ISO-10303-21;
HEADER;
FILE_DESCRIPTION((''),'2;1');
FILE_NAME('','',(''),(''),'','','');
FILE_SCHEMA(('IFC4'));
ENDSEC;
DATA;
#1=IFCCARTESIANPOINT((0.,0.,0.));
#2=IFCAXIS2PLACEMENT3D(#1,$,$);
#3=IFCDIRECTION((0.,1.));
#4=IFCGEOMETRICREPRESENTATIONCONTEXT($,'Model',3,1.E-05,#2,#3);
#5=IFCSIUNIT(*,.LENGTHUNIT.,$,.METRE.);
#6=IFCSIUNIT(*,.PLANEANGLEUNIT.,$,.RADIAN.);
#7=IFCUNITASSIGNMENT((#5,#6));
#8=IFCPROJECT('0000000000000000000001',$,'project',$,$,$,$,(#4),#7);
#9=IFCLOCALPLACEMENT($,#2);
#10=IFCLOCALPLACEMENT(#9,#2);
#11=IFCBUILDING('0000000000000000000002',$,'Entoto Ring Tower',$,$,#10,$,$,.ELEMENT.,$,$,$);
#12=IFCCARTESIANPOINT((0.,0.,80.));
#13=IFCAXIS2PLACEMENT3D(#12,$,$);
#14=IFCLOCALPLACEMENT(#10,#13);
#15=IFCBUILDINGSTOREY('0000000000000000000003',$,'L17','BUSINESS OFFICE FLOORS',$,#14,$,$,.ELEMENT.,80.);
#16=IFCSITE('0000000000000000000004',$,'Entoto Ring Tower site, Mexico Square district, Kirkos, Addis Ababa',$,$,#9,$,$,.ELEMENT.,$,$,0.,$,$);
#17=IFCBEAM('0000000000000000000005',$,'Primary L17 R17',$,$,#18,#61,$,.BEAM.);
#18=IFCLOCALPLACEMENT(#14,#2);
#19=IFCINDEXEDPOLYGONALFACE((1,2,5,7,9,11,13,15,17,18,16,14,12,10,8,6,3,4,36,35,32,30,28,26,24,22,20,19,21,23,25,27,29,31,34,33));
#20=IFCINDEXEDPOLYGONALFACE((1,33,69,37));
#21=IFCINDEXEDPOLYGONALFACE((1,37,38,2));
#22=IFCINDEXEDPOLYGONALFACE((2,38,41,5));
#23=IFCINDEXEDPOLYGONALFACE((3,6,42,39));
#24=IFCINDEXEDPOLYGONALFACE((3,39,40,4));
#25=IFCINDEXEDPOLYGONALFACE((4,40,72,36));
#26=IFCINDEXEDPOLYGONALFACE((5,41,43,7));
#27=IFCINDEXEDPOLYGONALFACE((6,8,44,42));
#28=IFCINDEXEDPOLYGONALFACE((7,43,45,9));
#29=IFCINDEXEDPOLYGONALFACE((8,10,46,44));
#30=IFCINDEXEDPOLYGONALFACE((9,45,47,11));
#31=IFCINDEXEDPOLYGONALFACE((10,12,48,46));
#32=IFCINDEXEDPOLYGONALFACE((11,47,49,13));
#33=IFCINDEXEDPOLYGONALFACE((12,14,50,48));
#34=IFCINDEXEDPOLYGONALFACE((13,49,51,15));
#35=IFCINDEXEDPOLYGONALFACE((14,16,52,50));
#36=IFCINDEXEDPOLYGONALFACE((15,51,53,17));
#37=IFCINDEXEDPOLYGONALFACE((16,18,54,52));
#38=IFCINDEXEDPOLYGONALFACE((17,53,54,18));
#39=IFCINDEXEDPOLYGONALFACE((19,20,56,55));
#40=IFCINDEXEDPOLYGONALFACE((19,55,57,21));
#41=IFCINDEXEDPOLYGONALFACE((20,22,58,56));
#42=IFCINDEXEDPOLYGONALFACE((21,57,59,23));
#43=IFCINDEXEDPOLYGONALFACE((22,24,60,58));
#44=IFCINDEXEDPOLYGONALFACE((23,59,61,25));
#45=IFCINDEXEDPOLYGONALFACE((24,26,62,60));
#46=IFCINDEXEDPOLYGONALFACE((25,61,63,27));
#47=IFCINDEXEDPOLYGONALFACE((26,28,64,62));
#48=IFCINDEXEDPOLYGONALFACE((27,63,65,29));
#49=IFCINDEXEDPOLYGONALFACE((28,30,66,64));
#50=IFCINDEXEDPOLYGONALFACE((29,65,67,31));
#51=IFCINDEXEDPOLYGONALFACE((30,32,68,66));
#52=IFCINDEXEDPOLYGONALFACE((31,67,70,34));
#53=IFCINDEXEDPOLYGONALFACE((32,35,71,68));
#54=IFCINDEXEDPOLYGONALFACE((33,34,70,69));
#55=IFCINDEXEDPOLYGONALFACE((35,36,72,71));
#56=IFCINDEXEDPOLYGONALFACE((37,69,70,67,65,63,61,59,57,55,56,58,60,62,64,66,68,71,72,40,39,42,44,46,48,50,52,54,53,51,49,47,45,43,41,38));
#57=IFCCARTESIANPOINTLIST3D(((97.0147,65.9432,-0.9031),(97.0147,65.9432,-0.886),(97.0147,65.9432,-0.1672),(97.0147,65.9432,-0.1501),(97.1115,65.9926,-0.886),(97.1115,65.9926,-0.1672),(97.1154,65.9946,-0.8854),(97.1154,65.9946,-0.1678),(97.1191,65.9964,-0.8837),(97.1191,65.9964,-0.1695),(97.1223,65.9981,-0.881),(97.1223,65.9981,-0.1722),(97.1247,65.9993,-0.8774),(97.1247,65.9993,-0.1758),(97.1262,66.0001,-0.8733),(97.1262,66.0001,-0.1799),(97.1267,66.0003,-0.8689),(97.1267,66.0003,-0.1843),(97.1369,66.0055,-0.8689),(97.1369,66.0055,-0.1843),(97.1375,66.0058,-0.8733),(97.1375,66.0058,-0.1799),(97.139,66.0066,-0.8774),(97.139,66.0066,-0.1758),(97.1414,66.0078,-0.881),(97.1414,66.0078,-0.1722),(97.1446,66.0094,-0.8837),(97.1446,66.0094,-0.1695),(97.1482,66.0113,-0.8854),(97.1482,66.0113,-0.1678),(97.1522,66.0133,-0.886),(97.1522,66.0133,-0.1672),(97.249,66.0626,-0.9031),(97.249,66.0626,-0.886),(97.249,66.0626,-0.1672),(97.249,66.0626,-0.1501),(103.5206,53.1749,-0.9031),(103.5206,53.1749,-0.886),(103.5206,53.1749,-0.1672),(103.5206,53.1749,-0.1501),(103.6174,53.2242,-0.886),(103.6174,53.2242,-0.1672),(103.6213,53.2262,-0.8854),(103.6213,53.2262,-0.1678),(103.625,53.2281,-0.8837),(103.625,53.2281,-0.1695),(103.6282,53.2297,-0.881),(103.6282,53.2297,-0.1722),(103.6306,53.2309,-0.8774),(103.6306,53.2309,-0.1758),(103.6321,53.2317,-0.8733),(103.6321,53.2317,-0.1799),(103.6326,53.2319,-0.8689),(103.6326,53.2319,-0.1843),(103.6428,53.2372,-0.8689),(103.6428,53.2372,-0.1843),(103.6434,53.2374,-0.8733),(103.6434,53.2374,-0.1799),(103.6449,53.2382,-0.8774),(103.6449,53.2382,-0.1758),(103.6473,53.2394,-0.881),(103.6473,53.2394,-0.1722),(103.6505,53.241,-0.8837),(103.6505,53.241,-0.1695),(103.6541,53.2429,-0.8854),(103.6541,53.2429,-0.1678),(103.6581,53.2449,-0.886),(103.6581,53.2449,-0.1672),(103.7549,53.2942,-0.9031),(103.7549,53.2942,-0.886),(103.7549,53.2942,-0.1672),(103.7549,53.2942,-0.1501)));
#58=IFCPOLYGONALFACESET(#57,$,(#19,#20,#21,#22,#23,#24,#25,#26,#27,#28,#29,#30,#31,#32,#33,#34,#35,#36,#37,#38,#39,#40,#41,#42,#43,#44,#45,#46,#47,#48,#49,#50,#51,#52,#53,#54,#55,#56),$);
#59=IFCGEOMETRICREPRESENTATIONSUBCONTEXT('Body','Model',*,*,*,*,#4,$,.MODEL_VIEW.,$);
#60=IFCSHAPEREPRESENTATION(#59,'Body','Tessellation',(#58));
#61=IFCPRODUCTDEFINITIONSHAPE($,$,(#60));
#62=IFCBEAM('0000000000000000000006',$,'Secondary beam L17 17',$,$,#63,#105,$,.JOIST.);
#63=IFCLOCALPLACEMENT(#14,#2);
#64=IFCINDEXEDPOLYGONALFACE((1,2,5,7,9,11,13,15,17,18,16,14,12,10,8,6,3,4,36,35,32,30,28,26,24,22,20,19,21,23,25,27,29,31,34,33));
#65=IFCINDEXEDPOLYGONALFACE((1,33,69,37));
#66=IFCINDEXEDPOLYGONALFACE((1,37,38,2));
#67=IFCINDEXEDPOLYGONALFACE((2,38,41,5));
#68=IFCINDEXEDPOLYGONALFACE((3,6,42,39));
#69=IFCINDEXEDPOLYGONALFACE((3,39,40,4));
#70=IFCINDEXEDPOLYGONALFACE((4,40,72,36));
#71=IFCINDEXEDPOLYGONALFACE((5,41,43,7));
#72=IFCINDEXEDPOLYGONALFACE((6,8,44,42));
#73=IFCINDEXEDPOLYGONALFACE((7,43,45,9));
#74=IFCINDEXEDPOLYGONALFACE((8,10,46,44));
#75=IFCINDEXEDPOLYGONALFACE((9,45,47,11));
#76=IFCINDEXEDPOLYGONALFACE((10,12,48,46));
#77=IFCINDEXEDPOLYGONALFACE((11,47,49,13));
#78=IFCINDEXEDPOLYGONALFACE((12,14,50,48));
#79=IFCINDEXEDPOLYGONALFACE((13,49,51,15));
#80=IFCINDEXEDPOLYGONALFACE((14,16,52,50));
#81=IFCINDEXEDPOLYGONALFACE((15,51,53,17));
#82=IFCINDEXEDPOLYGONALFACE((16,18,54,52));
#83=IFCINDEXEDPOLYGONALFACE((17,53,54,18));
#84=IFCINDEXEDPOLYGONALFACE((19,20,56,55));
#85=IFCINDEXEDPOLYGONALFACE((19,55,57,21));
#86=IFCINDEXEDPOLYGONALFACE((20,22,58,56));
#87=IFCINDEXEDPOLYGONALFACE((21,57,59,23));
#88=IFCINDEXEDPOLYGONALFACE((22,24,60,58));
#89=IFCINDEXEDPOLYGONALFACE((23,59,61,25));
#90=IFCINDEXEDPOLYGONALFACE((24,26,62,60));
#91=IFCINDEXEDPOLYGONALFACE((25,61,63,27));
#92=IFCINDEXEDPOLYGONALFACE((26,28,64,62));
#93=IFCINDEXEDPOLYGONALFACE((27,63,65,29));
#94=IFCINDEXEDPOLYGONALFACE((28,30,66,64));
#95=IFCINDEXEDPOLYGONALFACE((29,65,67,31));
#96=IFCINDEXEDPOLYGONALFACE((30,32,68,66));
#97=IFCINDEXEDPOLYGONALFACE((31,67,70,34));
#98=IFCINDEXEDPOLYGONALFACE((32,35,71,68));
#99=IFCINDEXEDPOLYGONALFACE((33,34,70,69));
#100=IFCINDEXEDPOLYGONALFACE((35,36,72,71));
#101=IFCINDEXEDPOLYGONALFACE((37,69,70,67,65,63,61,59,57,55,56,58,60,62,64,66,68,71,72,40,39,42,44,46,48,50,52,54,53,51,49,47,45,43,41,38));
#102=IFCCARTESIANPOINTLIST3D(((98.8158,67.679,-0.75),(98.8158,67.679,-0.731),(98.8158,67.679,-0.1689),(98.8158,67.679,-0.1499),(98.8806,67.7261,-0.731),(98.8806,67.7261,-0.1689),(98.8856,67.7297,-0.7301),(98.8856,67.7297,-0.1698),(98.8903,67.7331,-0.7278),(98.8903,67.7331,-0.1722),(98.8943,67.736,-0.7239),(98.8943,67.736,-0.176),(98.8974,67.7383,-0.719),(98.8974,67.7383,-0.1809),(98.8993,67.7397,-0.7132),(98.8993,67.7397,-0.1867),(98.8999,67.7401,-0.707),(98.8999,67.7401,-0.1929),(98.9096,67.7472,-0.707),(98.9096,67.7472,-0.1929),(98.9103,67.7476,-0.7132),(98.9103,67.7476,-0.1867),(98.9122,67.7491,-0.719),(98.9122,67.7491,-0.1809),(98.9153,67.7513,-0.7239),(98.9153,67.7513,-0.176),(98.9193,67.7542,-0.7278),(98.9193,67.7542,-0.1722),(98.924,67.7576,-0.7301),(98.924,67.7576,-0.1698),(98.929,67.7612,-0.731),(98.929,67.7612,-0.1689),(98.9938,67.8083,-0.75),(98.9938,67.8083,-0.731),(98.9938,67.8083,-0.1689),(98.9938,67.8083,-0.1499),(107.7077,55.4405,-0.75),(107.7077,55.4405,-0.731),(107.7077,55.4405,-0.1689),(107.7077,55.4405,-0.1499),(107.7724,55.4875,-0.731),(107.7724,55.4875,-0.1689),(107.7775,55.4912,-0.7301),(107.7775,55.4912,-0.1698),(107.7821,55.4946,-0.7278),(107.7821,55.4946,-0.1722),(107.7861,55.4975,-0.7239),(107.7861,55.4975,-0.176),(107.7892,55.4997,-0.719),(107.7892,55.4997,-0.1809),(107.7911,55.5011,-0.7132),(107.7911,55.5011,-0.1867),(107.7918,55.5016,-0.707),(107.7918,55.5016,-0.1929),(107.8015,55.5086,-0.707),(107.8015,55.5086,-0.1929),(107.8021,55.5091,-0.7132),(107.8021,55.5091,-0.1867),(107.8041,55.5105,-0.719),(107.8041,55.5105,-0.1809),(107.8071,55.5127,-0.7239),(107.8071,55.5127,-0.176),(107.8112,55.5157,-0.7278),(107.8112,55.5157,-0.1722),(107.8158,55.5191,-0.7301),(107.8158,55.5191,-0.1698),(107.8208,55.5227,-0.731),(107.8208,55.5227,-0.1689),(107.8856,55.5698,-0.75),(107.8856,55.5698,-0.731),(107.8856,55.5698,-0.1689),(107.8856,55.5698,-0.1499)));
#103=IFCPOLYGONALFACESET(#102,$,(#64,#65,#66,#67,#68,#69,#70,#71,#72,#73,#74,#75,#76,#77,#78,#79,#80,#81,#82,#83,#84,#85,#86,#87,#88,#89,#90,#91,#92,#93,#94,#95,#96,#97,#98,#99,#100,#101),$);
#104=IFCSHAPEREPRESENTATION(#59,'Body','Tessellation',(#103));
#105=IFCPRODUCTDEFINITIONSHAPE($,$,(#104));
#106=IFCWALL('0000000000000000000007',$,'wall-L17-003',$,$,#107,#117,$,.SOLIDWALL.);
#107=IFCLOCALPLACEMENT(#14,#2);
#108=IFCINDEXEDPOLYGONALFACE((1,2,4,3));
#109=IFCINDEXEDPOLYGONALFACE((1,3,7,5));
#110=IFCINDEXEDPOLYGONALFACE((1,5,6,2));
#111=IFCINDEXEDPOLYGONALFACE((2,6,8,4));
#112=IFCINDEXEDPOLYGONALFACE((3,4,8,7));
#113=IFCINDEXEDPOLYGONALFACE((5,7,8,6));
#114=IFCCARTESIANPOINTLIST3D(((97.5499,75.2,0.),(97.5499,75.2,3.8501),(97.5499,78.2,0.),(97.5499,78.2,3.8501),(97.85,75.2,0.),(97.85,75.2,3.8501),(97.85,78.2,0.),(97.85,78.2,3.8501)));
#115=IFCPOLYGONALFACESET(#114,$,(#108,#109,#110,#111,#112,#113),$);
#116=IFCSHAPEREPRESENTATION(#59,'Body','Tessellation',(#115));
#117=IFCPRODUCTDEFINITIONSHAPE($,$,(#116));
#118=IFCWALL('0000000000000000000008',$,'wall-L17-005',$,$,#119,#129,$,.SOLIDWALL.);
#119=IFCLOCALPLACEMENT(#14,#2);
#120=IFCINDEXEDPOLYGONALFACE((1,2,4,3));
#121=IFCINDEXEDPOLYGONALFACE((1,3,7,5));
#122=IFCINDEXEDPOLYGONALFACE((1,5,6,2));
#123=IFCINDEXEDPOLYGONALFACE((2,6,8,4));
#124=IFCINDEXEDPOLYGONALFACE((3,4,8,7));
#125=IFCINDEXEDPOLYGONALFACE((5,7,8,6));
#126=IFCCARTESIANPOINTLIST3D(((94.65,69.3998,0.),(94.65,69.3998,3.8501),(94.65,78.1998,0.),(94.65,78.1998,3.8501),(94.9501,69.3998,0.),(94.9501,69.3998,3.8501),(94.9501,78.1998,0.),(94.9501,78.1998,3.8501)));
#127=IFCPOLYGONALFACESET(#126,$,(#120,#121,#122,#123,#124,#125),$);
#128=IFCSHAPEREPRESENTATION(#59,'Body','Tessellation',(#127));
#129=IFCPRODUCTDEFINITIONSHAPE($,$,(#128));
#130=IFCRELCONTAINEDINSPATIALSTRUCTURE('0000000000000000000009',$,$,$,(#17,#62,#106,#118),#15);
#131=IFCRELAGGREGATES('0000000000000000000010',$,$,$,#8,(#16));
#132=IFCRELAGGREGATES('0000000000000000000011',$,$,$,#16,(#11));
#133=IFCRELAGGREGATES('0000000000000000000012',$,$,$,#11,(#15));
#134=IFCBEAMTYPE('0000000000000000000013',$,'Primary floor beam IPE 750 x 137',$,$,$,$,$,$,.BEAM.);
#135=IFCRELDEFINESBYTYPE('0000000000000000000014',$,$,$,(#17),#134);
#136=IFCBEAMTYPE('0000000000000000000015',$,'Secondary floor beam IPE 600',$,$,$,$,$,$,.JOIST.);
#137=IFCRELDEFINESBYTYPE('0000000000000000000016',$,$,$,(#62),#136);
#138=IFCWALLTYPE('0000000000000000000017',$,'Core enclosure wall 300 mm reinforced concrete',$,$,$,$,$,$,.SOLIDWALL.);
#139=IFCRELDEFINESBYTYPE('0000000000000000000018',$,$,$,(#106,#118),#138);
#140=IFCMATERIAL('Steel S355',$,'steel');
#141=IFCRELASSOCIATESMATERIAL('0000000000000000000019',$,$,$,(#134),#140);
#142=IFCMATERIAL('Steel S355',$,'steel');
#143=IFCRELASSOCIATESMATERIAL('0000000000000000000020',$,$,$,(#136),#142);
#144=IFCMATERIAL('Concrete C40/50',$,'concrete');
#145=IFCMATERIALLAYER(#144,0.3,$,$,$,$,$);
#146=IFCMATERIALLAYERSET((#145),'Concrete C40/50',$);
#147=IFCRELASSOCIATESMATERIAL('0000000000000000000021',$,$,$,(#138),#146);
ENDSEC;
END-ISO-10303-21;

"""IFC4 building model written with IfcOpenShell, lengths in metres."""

from ifc_helpers import new_model, si_unit, direction, frame, frame_2d, origin, origin_2d, place, context, subcontext, project, spatial, rectangle, i_section, extrude, material, layer, layer_set, material_profile, profile_set, type_object, element, save


model = new_model("IFC4")

# Units and contexts
model_context = context("Model", 3, precision=1e-05, world=origin(), true_north=direction((0.0, 1.0)))
body_context = subcontext(model_context, "Body", "Model", "MODEL_VIEW")
ifc_project = project(units=[si_unit("LENGTHUNIT", "METRE"), si_unit("PLANEANGLEUNIT", "RADIAN")], contexts=[model_context])

# Site, building, storey
site_placement = place(None, origin())
site = spatial("IfcSite", under=ifc_project, at=site_placement, Name="Entoto Ring Tower site, Mexico Square district, Kirkos, Addis Ababa", CompositionType="ELEMENT", RefElevation=0.0)
building_placement = place(site_placement, origin())
building = spatial("IfcBuilding", under=site, at=building_placement, Name="Entoto Ring Tower", CompositionType="ELEMENT")
storey_placement = place(building_placement, frame((0.0, 0.0, 80.0)))
storey = spatial("IfcBuildingStorey", under=building, at=storey_placement, Name="L17", Description="BUSINESS OFFICE FLOORS", CompositionType="ELEMENT", Elevation=80.0)

# Beams
ifc_material_1 = material(Name="Steel S355", Category="steel")
ifc_material_profile_1 = material_profile(ifc_material_1, i_section(OverallWidth=0.2629, OverallDepth=0.7529, WebThickness=0.0115, FlangeThickness=0.0171, FilletRadius=0.0171, at=origin_2d()), Name="IPE 750 x 137")
ifc_profile_set_1 = profile_set([ifc_material_profile_1], Name="Steel S355")
beam_type_1 = type_object("IfcBeamType", Name="Primary floor beam IPE 750 x 137", PredefinedType="BEAM", material=ifc_profile_set_1)
beam_1_placement = place(storey_placement, frame((97.1318, 66.0029, -0.5266), z_axis=(0.453995, -0.891004, 0.0), x_axis=(0.891004, 0.453995, 0.0)))
element("IfcBeam", 1, at=beam_1_placement, inside=storey, type_object=beam_type_1, Name="Primary L17 R17", PredefinedType="BEAM", context=body_context, shape_type="SweptSolid", body=[
    extrude(i_section(OverallWidth=0.2629, OverallDepth=0.7529, WebThickness=0.0115, FlangeThickness=0.0171, FilletRadius=0.0171, at=origin_2d()), origin(), (0.0, 0.0, 1.0), 14.3303),
])
ifc_material_2 = material(Name="Steel S355", Category="steel")
ifc_material_profile_2 = material_profile(ifc_material_2, i_section(OverallWidth=0.22, OverallDepth=0.6001, WebThickness=0.012, FlangeThickness=0.019, FilletRadius=0.0239, at=origin_2d()), Name="IPE 600")
ifc_profile_set_2 = profile_set([ifc_material_profile_2], Name="Steel S355")
beam_type_2 = type_object("IfcBeamType", Name="Secondary floor beam IPE 600", PredefinedType="JOIST", material=ifc_profile_set_2)
beam_2_placement = place(storey_placement, frame((98.9048, 67.7437, -0.45), z_axis=(0.587787, -0.809016, 0.0), x_axis=(0.809016, 0.587787, 0.0)))
element("IfcBeam", 2, at=beam_2_placement, inside=storey, type_object=beam_type_2, Name="Secondary beam L17 17", PredefinedType="JOIST", context=body_context, shape_type="SweptSolid", body=[
    extrude(i_section(OverallWidth=0.22, OverallDepth=0.6001, WebThickness=0.012, FlangeThickness=0.019, FilletRadius=0.0239, at=origin_2d()), origin(), (0.0, 0.0, 1.0), 15.1277),
])

# Walls
ifc_material_3 = material(Name="Concrete C40/50", Category="concrete")
ifc_layer_1 = layer(ifc_material_3, 0.3)
ifc_layer_set_1 = layer_set([ifc_layer_1], Name="Concrete C40/50")
wall_type_1 = type_object("IfcWallType", Name="Core enclosure wall 300 mm reinforced concrete", PredefinedType="SOLIDWALL", material=ifc_layer_set_1)
wall_1_placement = place(storey_placement, frame((97.7, 75.2, 0.0), z_axis=(0.0, 0.0, 1.0), x_axis=(0.0, 1.0, 0.0)))
element("IfcWall", 3, at=wall_1_placement, inside=storey, type_object=wall_type_1, Name="wall-L17-003", PredefinedType="SOLIDWALL", context=body_context, shape_type="SweptSolid", body=[
    extrude(rectangle(XDim=3.0, YDim=0.3, at=frame_2d((1.5, 0.0))), origin(), (0.0, 0.0, 1.0), 3.8501),
])
wall_2_placement = place(storey_placement, frame((94.8, 69.3999, 0.0), z_axis=(0.0, 0.0, 1.0), x_axis=(0.0, 1.0, 0.0)))
element("IfcWall", 4, at=wall_2_placement, inside=storey, type_object=wall_type_1, Name="wall-L17-005", PredefinedType="SOLIDWALL", context=body_context, shape_type="SweptSolid", body=[
    extrude(rectangle(XDim=8.8, YDim=0.3, at=frame_2d((4.3999, 0.0))), origin(), (0.0, 0.0, 1.0), 3.8501),
])

save(model, "model.ifc")
